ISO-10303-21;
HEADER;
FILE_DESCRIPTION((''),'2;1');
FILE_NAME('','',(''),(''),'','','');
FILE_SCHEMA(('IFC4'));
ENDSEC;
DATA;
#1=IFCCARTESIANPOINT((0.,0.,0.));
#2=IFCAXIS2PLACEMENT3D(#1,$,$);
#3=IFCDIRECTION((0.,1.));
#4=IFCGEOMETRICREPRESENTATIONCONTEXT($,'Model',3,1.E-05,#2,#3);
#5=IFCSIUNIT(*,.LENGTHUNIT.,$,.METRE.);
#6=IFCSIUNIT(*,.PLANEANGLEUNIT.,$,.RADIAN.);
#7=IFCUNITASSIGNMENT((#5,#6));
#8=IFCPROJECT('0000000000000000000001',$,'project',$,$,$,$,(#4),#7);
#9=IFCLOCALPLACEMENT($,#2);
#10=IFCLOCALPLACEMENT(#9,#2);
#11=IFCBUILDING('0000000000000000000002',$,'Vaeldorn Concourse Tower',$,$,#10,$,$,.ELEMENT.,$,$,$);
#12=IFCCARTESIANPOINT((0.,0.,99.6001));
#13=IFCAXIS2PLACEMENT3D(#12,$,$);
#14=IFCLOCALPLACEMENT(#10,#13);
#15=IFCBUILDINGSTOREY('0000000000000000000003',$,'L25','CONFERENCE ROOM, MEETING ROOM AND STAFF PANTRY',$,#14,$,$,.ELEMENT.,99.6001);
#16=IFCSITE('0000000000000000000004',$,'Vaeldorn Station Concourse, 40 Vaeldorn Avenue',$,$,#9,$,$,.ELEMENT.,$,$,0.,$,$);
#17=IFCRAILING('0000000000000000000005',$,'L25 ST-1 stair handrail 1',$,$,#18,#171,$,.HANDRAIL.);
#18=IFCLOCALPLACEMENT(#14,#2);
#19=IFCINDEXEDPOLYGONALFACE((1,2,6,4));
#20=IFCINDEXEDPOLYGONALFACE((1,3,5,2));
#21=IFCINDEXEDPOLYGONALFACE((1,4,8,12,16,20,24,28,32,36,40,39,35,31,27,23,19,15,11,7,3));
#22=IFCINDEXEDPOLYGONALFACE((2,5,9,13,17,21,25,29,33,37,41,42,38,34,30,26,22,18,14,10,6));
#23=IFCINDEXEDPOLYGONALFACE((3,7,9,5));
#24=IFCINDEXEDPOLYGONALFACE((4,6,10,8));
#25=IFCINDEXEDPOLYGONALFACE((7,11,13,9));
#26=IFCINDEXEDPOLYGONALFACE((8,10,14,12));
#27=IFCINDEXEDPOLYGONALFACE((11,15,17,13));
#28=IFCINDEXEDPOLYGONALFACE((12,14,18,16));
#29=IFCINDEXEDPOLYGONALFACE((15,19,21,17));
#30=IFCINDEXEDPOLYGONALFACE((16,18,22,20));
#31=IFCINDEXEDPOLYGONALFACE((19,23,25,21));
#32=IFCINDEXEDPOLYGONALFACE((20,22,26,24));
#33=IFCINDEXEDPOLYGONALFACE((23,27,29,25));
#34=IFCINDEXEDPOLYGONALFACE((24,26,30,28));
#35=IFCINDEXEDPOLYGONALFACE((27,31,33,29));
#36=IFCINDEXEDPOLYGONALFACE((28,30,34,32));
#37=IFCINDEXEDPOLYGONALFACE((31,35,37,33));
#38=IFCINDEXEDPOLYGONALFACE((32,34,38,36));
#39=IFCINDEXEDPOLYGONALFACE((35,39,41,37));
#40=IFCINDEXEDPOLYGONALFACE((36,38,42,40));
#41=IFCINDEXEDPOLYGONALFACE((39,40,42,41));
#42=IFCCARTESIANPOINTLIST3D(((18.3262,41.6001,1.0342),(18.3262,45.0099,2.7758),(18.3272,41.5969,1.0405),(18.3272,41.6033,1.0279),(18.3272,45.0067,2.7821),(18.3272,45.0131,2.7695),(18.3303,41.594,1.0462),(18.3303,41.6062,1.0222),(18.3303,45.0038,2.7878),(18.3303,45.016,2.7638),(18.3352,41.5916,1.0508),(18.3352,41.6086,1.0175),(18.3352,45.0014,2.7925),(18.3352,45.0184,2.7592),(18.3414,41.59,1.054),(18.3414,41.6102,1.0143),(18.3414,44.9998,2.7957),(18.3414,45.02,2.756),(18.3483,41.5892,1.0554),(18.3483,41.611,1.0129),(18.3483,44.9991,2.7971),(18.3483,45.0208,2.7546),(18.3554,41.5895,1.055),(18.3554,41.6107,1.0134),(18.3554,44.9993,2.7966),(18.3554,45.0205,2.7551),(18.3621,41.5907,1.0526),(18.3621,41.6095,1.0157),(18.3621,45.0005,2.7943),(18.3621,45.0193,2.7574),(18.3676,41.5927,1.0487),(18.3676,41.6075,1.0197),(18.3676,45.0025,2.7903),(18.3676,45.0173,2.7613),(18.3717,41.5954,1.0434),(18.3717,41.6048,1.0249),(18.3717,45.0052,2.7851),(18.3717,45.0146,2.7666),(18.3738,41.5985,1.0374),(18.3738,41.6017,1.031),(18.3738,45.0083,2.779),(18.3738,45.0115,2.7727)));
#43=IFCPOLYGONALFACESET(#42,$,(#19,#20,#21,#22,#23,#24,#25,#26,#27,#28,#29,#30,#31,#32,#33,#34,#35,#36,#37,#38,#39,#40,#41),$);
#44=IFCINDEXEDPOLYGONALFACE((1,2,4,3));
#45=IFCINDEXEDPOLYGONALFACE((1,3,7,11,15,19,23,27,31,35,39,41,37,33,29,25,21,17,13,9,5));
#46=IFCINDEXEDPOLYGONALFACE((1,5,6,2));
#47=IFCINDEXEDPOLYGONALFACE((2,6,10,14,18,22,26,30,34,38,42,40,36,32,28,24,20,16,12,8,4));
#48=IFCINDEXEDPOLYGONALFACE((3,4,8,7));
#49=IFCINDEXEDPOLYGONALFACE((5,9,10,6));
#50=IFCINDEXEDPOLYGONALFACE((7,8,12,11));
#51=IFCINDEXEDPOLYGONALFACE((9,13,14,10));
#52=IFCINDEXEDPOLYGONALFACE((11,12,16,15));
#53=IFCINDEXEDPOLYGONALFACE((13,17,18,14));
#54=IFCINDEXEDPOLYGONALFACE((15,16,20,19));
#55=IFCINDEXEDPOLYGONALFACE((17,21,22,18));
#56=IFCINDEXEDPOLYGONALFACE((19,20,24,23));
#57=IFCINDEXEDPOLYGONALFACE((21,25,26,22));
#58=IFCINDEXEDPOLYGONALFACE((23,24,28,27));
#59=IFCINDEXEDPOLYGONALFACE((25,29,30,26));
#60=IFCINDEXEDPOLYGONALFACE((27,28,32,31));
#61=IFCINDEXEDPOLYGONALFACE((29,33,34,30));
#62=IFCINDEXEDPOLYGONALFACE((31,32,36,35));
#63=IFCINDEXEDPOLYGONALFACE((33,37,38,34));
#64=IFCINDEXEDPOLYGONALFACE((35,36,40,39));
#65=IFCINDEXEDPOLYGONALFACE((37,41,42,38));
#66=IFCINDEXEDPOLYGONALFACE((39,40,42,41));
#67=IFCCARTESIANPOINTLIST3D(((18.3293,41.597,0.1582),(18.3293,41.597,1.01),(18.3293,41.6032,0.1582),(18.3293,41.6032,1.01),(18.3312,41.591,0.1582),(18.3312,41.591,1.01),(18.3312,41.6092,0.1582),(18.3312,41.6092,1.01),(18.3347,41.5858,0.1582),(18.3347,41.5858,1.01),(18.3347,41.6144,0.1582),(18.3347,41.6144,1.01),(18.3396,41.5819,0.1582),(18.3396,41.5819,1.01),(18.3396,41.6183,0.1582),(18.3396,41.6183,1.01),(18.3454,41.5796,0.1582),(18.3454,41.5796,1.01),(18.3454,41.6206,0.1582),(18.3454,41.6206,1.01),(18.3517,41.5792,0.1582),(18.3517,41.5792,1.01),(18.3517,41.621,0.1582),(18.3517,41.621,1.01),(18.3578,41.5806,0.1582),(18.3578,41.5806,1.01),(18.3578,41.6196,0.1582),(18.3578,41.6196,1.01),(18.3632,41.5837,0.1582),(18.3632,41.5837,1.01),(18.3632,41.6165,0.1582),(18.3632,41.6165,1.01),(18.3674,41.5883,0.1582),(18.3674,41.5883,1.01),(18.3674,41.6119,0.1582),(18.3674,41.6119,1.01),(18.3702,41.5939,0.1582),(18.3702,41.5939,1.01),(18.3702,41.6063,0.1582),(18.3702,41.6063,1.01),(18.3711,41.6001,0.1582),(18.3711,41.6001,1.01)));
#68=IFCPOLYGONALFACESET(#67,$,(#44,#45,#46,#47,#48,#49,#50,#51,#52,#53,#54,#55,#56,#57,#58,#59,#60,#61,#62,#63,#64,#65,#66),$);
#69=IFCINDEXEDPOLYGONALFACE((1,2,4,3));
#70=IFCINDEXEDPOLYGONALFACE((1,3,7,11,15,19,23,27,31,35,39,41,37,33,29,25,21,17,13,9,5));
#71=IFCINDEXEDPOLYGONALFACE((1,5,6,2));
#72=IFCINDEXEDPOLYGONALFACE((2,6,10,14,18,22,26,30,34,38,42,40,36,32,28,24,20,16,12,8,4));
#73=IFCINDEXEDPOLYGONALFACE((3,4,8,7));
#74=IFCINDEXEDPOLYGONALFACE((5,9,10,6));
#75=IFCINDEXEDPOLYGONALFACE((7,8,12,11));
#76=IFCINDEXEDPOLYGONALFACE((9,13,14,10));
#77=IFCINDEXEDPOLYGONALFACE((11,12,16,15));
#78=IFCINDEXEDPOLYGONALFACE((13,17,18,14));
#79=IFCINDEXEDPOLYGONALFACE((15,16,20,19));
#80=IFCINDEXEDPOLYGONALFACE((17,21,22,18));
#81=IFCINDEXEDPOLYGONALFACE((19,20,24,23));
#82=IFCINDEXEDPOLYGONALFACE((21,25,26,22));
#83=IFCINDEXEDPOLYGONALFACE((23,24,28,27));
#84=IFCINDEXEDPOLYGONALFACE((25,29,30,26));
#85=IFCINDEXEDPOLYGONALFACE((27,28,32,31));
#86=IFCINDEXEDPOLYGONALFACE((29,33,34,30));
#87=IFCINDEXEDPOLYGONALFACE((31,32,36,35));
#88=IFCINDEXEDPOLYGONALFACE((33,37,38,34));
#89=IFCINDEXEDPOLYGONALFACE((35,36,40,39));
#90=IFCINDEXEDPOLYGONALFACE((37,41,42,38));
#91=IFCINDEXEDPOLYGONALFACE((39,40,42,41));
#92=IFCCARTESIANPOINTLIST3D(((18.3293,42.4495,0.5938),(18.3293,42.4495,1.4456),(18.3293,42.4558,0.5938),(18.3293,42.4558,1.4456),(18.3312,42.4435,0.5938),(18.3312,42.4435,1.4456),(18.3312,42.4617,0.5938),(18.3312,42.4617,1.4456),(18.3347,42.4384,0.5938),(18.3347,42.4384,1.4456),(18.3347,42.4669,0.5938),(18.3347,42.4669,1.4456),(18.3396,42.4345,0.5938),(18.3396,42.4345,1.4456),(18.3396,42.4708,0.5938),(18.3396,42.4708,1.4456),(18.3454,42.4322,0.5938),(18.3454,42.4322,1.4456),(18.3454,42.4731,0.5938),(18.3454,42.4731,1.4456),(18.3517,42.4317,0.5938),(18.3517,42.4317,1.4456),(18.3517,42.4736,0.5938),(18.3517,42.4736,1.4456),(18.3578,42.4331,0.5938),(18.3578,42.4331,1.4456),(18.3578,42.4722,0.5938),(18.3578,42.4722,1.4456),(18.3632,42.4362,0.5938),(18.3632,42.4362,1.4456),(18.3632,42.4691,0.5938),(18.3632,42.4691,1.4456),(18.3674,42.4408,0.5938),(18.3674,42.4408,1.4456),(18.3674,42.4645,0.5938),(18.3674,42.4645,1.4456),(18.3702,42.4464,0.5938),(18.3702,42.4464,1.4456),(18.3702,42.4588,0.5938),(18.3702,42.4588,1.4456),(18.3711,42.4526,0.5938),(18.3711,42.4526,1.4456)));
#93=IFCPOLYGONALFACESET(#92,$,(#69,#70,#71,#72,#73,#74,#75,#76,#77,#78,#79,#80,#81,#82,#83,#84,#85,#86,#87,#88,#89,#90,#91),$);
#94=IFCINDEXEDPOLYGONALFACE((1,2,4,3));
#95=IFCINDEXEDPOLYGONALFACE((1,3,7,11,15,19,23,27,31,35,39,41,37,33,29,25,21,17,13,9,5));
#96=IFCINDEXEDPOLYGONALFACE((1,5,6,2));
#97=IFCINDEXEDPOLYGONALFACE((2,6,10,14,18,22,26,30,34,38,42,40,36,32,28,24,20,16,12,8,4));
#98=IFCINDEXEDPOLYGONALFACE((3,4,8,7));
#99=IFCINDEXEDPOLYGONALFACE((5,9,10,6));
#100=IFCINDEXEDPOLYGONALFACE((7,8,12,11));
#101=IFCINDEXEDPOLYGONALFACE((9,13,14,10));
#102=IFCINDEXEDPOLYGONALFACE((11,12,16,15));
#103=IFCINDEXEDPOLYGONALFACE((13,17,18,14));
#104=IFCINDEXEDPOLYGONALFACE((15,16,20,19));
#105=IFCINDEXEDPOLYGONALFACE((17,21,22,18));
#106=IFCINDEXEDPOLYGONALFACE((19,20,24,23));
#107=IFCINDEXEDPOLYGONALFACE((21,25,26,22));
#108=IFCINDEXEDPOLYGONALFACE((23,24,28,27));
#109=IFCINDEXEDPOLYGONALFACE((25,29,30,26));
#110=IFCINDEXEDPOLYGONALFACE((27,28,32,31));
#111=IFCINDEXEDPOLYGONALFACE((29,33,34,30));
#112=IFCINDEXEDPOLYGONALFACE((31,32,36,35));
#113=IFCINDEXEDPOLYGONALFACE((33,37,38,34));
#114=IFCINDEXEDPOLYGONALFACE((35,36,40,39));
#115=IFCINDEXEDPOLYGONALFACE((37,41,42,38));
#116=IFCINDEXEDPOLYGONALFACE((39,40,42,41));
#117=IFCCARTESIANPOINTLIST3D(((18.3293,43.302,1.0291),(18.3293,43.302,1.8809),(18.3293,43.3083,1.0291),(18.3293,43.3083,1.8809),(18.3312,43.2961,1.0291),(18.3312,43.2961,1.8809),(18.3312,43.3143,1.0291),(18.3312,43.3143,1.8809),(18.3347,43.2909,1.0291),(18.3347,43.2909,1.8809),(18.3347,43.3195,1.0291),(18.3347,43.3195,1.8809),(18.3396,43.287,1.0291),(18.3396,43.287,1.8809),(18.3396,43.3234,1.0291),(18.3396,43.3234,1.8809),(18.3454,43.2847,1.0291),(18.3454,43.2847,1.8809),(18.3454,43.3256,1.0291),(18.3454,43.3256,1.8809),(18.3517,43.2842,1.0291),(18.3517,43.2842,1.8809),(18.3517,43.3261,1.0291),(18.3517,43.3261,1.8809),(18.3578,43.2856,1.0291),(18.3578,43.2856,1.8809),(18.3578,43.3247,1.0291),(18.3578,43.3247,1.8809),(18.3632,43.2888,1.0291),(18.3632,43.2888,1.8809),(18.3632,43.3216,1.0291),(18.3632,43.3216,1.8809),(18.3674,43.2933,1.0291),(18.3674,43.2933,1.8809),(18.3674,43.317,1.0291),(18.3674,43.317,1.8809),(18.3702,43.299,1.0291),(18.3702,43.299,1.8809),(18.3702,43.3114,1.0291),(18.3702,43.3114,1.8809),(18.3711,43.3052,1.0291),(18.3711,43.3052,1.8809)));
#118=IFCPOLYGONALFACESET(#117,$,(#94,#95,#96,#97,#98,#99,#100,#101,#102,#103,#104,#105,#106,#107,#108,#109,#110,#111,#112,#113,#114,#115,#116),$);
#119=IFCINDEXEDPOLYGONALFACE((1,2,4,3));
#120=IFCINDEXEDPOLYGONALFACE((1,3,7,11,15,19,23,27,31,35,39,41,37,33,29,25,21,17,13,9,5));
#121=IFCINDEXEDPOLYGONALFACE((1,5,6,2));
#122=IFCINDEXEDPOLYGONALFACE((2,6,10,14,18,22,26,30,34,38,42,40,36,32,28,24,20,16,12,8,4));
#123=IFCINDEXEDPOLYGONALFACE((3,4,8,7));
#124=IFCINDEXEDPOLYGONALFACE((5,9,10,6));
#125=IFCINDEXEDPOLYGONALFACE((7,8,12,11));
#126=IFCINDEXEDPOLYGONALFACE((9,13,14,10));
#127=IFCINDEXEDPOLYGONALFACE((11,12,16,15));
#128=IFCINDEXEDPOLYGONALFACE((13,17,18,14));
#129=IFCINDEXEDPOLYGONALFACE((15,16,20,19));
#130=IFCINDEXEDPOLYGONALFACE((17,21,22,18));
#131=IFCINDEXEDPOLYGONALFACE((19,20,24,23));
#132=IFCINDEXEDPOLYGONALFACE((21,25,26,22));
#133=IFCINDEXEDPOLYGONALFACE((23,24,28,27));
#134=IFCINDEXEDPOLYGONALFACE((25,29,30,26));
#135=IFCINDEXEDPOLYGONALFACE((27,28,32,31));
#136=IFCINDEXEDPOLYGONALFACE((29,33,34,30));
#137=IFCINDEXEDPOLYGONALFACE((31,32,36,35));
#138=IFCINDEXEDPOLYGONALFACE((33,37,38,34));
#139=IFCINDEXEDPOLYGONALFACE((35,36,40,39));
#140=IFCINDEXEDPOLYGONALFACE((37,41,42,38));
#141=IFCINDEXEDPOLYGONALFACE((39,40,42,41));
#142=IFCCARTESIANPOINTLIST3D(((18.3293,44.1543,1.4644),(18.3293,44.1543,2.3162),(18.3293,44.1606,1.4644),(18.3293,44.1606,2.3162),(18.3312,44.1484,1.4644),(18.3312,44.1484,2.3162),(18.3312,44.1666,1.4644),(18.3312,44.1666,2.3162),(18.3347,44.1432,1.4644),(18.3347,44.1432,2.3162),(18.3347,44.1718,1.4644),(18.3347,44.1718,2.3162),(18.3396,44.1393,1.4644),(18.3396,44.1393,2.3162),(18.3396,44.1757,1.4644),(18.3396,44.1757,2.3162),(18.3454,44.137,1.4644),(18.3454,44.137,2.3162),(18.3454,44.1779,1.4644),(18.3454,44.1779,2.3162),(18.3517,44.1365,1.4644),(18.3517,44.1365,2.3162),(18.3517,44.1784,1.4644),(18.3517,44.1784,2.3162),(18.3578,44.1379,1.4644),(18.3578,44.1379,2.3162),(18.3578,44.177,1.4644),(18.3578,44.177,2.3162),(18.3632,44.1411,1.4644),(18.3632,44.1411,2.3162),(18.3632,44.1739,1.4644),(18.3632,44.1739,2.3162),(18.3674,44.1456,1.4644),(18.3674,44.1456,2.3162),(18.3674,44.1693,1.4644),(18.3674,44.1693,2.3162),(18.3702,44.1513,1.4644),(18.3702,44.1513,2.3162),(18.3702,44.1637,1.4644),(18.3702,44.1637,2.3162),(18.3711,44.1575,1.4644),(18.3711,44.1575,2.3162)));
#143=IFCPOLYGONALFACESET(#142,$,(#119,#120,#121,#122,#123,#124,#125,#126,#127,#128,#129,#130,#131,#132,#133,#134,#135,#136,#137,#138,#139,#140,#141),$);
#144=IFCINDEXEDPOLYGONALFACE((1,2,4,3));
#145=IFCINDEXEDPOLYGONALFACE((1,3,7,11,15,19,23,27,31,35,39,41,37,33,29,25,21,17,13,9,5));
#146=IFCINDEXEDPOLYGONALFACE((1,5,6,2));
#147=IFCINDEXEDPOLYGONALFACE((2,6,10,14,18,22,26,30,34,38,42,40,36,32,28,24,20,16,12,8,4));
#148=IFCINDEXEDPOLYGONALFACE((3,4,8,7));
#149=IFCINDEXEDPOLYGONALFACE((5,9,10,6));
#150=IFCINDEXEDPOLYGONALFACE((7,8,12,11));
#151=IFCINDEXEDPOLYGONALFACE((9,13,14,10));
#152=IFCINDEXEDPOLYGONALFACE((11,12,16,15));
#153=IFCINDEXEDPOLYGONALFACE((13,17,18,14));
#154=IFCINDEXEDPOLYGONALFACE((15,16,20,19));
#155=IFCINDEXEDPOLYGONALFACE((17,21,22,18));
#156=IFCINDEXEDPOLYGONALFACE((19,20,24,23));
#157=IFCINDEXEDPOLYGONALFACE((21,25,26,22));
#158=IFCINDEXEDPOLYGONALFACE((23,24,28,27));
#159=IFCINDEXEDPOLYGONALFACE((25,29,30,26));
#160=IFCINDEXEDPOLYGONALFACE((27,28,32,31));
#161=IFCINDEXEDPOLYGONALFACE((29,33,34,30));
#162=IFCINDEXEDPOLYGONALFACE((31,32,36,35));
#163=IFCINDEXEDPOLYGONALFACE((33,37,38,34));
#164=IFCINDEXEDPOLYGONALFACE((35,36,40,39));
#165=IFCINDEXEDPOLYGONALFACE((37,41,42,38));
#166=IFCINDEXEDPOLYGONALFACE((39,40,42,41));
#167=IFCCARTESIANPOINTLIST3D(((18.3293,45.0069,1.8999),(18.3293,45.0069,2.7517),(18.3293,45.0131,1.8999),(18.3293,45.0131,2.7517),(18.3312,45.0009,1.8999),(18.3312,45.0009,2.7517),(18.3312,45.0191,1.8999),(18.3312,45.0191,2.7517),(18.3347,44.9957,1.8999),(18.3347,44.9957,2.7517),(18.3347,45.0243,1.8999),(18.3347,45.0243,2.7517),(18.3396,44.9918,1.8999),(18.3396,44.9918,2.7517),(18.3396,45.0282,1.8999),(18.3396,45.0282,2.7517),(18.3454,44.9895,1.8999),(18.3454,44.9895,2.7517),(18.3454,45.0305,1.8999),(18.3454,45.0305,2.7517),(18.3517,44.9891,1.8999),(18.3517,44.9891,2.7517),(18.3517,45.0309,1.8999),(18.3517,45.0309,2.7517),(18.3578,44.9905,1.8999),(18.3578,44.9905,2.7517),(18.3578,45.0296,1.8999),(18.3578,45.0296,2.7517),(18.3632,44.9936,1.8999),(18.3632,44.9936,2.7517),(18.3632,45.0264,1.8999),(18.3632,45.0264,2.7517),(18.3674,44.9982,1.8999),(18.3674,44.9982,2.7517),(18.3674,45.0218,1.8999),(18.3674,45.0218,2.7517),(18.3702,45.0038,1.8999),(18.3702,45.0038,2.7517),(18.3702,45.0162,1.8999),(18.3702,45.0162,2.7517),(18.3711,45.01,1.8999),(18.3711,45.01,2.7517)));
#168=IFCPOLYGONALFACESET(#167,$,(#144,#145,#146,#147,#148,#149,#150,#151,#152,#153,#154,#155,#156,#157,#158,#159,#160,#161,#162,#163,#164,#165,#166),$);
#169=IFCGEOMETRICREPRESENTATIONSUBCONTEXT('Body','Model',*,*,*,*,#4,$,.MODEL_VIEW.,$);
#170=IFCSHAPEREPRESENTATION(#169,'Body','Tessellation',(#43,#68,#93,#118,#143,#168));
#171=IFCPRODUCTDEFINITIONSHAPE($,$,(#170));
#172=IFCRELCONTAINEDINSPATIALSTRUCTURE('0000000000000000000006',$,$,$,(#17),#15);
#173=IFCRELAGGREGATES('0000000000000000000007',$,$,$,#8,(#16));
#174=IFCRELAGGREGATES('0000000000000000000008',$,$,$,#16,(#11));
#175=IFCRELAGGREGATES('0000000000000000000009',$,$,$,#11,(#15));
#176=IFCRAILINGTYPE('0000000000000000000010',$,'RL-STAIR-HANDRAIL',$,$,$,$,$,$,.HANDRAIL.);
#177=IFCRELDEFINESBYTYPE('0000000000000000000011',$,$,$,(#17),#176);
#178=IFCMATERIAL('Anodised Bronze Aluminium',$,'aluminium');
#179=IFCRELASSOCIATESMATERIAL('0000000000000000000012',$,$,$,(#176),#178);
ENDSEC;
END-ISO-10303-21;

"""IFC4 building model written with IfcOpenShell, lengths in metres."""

from ifc_helpers import new_model, si_unit, direction, frame, origin, origin_2d, place, context, subcontext, project, spatial, circle, extrude, material, type_object, element, save


model = new_model("IFC4")

# Units and contexts
model_context = context("Model", 3, precision=1e-05, world=origin(), true_north=direction((0.0, 1.0)))
body_context = subcontext(model_context, "Body", "Model", "MODEL_VIEW")
ifc_project = project(units=[si_unit("LENGTHUNIT", "METRE"), si_unit("PLANEANGLEUNIT", "RADIAN")], contexts=[model_context])

# Site, building, storey
site_placement = place(None, origin())
site = spatial("IfcSite", under=ifc_project, at=site_placement, Name="Vaeldorn Station Concourse, 40 Vaeldorn Avenue", CompositionType="ELEMENT", RefElevation=0.0)
building_placement = place(site_placement, origin())
building = spatial("IfcBuilding", under=site, at=building_placement, Name="Vaeldorn Concourse Tower", CompositionType="ELEMENT")
storey_placement = place(building_placement, frame((0.0, 0.0, 99.6001)))
storey = spatial("IfcBuildingStorey", under=building, at=storey_placement, Name="L25", Description="CONFERENCE ROOM, MEETING ROOM AND STAFF PANTRY", CompositionType="ELEMENT", Elevation=99.6001)

# Shared definitions
ifc_material_1 = material(Name="Anodised Bronze Aluminium", Category="aluminium")

# Railing
railing_type_1 = type_object("IfcRailingType", Name="RL-STAIR-HANDRAIL", PredefinedType="HANDRAIL", material=ifc_material_1)
railing_1_placement = place(storey_placement, frame((18.3501, 41.6001, 0.1582)))
element("IfcRailing", 1, at=railing_1_placement, inside=storey, type_object=railing_type_1, Name="L25 ST-1 stair handrail 1", PredefinedType="HANDRAIL", context=body_context, shape_type="SweptSolid", body=[
    extrude(circle(Radius=0.0239, at=origin_2d()), frame((0.0, 0.0, 0.876), z_axis=(0.0, 0.890556, 0.454874), x_axis=(-1.0, 0.0, 0.0)), (0.0, 0.0, 1.0), 3.8289),
    extrude(circle(Radius=0.021, at=origin_2d()), origin(), (0.0, 0.0, 1.0), 0.8518),
    extrude(circle(Radius=0.021, at=origin_2d()), frame((0.0, 0.8525, 0.4355)), (0.0, 0.0, 1.0), 0.8518),
    extrude(circle(Radius=0.021, at=origin_2d()), frame((0.0, 1.7051, 0.8708)), (0.0, 0.0, 1.0), 0.8518),
    extrude(circle(Radius=0.021, at=origin_2d()), frame((0.0, 2.5574, 1.3062)), (0.0, 0.0, 1.0), 0.8518),
    extrude(circle(Radius=0.021, at=origin_2d()), frame((0.0, 3.4099, 1.7417)), (0.0, 0.0, 1.0), 0.8518),
])

save(model, "model.ifc")
